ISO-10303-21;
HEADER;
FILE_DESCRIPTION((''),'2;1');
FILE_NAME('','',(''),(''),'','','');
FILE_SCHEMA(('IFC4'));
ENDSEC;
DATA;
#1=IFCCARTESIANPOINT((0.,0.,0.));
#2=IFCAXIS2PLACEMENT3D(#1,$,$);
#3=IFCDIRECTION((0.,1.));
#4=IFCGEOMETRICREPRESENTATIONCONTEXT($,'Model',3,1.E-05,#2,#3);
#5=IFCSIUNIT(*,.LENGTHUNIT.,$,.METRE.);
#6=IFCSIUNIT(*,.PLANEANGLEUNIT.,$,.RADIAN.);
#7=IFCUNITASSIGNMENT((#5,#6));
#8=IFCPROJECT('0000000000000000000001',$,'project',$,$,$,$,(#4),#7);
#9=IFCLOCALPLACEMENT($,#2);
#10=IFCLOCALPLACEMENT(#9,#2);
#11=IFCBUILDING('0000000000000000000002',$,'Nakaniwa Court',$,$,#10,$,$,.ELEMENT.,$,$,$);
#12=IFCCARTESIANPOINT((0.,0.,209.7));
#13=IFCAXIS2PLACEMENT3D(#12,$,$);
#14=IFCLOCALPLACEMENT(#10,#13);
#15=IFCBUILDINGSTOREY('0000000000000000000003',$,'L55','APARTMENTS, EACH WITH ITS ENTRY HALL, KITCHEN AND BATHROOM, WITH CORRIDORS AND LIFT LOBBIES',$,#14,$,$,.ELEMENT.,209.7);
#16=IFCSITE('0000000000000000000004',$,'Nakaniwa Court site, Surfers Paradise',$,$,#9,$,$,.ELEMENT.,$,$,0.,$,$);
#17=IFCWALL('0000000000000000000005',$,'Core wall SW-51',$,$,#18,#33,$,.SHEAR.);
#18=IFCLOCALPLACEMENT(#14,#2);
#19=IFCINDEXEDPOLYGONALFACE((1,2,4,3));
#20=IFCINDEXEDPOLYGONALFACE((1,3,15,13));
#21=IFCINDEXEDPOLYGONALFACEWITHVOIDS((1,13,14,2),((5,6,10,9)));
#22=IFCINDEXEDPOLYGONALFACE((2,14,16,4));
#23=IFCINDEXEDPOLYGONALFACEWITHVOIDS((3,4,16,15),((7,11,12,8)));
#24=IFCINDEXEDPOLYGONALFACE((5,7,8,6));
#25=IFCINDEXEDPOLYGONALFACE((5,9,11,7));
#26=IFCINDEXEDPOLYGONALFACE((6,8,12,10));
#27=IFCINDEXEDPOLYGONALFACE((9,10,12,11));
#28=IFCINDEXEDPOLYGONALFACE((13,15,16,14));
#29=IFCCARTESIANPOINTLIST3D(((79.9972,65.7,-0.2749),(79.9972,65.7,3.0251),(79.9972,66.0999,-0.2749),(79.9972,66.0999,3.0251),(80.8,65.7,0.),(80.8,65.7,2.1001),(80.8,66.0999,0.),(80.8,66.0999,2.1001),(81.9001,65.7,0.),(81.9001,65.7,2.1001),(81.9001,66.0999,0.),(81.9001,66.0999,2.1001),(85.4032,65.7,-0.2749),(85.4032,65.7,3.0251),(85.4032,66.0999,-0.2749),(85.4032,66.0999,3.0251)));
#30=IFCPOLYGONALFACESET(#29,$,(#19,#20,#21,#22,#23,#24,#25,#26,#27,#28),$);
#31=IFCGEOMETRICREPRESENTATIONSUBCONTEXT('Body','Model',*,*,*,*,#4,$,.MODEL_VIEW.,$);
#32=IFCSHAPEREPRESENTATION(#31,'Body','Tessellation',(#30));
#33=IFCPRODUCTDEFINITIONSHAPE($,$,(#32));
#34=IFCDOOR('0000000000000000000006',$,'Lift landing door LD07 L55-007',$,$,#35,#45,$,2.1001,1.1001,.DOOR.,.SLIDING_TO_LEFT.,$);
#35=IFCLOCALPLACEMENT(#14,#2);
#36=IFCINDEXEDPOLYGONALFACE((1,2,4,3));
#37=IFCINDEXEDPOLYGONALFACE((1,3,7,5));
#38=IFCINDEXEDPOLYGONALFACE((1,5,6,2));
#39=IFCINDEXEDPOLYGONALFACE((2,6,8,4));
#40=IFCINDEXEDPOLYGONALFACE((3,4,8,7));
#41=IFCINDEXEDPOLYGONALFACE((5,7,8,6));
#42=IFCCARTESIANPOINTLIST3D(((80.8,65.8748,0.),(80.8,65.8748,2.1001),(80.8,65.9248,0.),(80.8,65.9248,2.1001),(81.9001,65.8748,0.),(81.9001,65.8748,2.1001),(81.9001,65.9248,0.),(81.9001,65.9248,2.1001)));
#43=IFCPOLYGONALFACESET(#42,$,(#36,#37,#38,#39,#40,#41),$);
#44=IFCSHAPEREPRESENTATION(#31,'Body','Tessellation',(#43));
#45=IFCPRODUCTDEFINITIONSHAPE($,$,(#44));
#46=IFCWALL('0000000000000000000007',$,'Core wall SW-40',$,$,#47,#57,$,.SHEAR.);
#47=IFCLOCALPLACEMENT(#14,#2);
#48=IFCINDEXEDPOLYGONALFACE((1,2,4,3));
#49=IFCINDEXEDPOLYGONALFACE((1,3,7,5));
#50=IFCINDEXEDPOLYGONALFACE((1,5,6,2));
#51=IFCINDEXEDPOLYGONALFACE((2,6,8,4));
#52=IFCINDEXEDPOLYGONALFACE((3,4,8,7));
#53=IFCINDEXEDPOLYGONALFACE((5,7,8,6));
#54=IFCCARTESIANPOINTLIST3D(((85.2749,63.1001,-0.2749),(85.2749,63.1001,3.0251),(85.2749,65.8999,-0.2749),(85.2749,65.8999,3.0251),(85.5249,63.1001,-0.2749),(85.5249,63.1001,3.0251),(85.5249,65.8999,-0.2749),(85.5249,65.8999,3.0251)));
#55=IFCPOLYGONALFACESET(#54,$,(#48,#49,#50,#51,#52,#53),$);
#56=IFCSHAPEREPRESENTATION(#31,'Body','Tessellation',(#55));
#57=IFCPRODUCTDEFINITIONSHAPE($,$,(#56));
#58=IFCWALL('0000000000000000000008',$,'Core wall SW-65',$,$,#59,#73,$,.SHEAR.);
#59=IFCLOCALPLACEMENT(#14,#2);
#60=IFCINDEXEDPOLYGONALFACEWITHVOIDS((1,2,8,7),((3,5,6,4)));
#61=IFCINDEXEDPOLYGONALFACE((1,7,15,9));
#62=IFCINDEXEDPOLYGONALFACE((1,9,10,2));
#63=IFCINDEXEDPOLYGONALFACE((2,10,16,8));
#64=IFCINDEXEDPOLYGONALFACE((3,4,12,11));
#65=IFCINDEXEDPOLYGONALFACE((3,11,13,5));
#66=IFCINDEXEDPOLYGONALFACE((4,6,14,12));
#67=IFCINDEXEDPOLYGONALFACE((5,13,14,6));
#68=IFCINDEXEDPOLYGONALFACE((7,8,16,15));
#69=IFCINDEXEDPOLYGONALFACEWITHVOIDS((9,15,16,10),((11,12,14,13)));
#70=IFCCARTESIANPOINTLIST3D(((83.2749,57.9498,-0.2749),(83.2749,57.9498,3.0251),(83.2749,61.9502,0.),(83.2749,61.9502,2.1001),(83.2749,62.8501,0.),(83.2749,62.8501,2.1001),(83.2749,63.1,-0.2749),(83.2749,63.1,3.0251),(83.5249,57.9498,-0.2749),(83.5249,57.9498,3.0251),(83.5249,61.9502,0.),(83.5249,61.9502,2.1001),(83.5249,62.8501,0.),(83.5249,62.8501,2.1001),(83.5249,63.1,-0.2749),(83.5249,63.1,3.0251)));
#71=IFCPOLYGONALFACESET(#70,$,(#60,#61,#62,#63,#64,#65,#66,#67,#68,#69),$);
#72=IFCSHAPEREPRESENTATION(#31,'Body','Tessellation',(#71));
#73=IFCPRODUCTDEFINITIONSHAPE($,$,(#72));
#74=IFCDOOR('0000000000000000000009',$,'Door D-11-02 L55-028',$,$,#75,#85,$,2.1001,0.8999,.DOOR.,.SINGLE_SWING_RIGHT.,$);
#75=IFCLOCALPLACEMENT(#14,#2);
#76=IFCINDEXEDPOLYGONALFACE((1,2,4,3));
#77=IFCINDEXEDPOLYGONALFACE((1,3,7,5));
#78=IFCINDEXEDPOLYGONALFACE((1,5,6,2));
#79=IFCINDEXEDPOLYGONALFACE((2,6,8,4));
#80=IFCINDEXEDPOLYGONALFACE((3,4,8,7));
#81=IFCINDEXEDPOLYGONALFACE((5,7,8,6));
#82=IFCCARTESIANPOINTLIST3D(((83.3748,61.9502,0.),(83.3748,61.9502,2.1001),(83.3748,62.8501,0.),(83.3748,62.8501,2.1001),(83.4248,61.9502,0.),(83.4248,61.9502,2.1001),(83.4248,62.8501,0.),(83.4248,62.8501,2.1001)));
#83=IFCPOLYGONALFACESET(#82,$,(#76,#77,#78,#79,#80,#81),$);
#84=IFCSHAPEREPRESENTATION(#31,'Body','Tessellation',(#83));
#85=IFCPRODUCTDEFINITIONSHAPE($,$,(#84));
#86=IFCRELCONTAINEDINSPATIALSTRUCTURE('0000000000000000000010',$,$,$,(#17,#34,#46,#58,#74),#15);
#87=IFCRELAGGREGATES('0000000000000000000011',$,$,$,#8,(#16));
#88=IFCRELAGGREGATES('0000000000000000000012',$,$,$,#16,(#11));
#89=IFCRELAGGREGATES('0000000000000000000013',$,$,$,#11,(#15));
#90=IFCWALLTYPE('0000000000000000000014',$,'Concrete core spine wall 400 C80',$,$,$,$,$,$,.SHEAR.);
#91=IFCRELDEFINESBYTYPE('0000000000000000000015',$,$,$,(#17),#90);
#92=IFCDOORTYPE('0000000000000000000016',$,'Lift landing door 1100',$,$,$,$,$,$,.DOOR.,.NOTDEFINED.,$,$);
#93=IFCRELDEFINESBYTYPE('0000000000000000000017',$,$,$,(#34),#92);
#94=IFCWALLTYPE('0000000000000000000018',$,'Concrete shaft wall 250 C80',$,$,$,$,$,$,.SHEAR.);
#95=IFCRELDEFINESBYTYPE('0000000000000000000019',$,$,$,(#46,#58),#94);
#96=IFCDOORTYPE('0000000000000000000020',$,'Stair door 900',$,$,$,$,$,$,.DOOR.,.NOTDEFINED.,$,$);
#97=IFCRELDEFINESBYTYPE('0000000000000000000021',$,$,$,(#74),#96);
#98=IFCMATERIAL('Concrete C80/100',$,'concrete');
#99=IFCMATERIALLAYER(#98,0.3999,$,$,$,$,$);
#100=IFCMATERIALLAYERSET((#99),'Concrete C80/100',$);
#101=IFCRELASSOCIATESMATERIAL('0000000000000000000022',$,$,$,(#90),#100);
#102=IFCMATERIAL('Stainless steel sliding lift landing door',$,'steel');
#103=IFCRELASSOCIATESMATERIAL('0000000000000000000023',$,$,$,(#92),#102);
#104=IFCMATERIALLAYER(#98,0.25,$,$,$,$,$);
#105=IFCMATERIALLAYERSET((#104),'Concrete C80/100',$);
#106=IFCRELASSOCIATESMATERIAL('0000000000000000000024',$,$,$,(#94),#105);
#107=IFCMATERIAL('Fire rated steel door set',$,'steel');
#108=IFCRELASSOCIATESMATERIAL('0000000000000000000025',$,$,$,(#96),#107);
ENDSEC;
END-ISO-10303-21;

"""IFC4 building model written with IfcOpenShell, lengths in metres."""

from ifc_helpers import new_model, si_unit, direction, frame, frame_2d, origin, place, context, subcontext, project, spatial, rectangle, extrude, material, layer, layer_set, type_object, element, fill, save


model = new_model("IFC4")

# Units and contexts
model_context = context("Model", 3, precision=1e-05, world=origin(), true_north=direction((0.0, 1.0)))
body_context = subcontext(model_context, "Body", "Model", "MODEL_VIEW")
ifc_project = project(units=[si_unit("LENGTHUNIT", "METRE"), si_unit("PLANEANGLEUNIT", "RADIAN")], contexts=[model_context])

# Site, building, storey
site_placement = place(None, origin())
site = spatial("IfcSite", under=ifc_project, at=site_placement, Name="Nakaniwa Court site, Surfers Paradise", CompositionType="ELEMENT", RefElevation=0.0)
building_placement = place(site_placement, origin())
building = spatial("IfcBuilding", under=site, at=building_placement, Name="Nakaniwa Court", CompositionType="ELEMENT")
storey_placement = place(building_placement, frame((0.0, 0.0, 209.7)))
storey = spatial("IfcBuildingStorey", under=building, at=storey_placement, Name="L55", Description="APARTMENTS, EACH WITH ITS ENTRY HALL, KITCHEN AND BATHROOM, WITH CORRIDORS AND LIFT LOBBIES", CompositionType="ELEMENT", Elevation=209.7)

# Wall, opening, door
ifc_material_1 = material(Name="Fire rated steel door set", Category="steel")
ifc_material_2 = material(Name="Concrete C80/100", Category="concrete")
ifc_layer_1 = layer(ifc_material_2, 0.3999)
ifc_layer_set_1 = layer_set([ifc_layer_1], Name="Concrete C80/100")
wall_type_1 = type_object("IfcWallType", Name="Concrete core spine wall 400 C80", PredefinedType="SHEAR", material=ifc_layer_set_1)
wall_1_placement = place(storey_placement, frame((79.9971, 65.8999, -0.2749), z_axis=(0.0, 0.0, 1.0), x_axis=(1.0, 0.0, 0.0)))
wall_1 = element("IfcWall", 1, at=wall_1_placement, inside=storey, type_object=wall_type_1, Name="Core wall SW-51", PredefinedType="SHEAR", context=body_context, shape_type="SweptSolid", body=[
    extrude(rectangle(XDim=5.406, YDim=0.3999, at=frame_2d((2.7031, 0.0))), origin(), (0.0, 0.0, 1.0), 3.3),
])
opening_1_placement = place(wall_1_placement, frame((0.803, 0.0, 0.2749)))
opening_1 = element("IfcOpeningElement", 2, at=opening_1_placement, cuts=wall_1, PredefinedType="OPENING", context=body_context, shape_type="SweptSolid", body=[
    extrude(rectangle(XDim=1.1001, YDim=2.1001, at=frame_2d((0.55, 1.05))), frame((0.0, 0.21, 0.0), z_axis=(0.0, -1.0, 0.0), x_axis=(1.0, 0.0, 0.0)), (0.0, 0.0, 1.0), 0.4199),
])
ifc_material_3 = material(Name="Stainless steel sliding lift landing door", Category="steel")
door_type_1 = type_object("IfcDoorType", Name="Lift landing door 1100", OperationType="NOTDEFINED", PredefinedType="DOOR", material=ifc_material_3)
door_1_placement = place(opening_1_placement, origin())
door_1 = element("IfcDoor", 3, at=door_1_placement, inside=storey, type_object=door_type_1, Name="Lift landing door LD07 L55-007", OperationType="SLIDING_TO_LEFT", OverallHeight=2.1001, OverallWidth=1.1001, PredefinedType="DOOR", context=body_context, shape_type="SweptSolid", body=[
    extrude(rectangle(XDim=1.1001, YDim=2.1001, at=frame_2d((0.55, 1.05))), frame((0.0, 0.0249, 0.0), z_axis=(0.0, -1.0, 0.0), x_axis=(1.0, 0.0, 0.0)), (0.0, 0.0, 1.0), 0.05),
])
fill(opening_1, door_1)

# Wall
ifc_layer_2 = layer(ifc_material_2, 0.25)
ifc_layer_set_2 = layer_set([ifc_layer_2], Name="Concrete C80/100")
wall_type_2 = type_object("IfcWallType", Name="Concrete shaft wall 250 C80", PredefinedType="SHEAR", material=ifc_layer_set_2)
wall_2_placement = place(storey_placement, frame((85.3999, 63.1001, -0.2749), z_axis=(0.0, 0.0, 1.0), x_axis=(0.0, 1.0, 0.0)))
element("IfcWall", 4, at=wall_2_placement, inside=storey, type_object=wall_type_2, Name="Core wall SW-40", PredefinedType="SHEAR", context=body_context, shape_type="SweptSolid", body=[
    extrude(rectangle(XDim=2.7998, YDim=0.25, at=frame_2d((1.3999, 0.0))), origin(), (0.0, 0.0, 1.0), 3.3),
])

# Wall, opening, door
wall_3_placement = place(storey_placement, frame((83.3999, 63.1001, -0.2749), z_axis=(0.0, 0.0, 1.0), x_axis=(0.0, -1.0, 0.0)))
wall_3 = element("IfcWall", 5, at=wall_3_placement, inside=storey, type_object=wall_type_2, Name="Core wall SW-65", PredefinedType="SHEAR", context=body_context, shape_type="SweptSolid", body=[
    extrude(rectangle(XDim=5.1501, YDim=0.25, at=frame_2d((2.5752, 0.0))), origin(), (0.0, 0.0, 1.0), 3.3),
])
opening_2_placement = place(wall_3_placement, frame((0.25, 0.0, 0.2749)))
opening_2 = element("IfcOpeningElement", 6, at=opening_2_placement, cuts=wall_3, PredefinedType="OPENING", context=body_context, shape_type="SweptSolid", body=[
    extrude(rectangle(XDim=0.8999, YDim=2.1001, at=frame_2d((0.45, 1.05))), frame((0.0, 0.135, 0.0), z_axis=(0.0, -1.0, 0.0), x_axis=(1.0, 0.0, 0.0)), (0.0, 0.0, 1.0), 0.27),
])
door_type_2 = type_object("IfcDoorType", Name="Stair door 900", OperationType="NOTDEFINED", PredefinedType="DOOR", material=ifc_material_1)
door_2_placement = place(opening_2_placement, origin())
door_2 = element("IfcDoor", 7, at=door_2_placement, inside=storey, type_object=door_type_2, Name="Door D-11-02 L55-028", OperationType="SINGLE_SWING_RIGHT", OverallHeight=2.1001, OverallWidth=0.8999, PredefinedType="DOOR", context=body_context, shape_type="SweptSolid", body=[
    extrude(rectangle(XDim=0.8999, YDim=2.1001, at=frame_2d((0.45, 1.05))), frame((0.0, 0.0249, 0.0), z_axis=(0.0, -1.0, 0.0), x_axis=(1.0, 0.0, 0.0)), (0.0, 0.0, 1.0), 0.05),
])
fill(opening_2, door_2)

save(model, "model.ifc")
